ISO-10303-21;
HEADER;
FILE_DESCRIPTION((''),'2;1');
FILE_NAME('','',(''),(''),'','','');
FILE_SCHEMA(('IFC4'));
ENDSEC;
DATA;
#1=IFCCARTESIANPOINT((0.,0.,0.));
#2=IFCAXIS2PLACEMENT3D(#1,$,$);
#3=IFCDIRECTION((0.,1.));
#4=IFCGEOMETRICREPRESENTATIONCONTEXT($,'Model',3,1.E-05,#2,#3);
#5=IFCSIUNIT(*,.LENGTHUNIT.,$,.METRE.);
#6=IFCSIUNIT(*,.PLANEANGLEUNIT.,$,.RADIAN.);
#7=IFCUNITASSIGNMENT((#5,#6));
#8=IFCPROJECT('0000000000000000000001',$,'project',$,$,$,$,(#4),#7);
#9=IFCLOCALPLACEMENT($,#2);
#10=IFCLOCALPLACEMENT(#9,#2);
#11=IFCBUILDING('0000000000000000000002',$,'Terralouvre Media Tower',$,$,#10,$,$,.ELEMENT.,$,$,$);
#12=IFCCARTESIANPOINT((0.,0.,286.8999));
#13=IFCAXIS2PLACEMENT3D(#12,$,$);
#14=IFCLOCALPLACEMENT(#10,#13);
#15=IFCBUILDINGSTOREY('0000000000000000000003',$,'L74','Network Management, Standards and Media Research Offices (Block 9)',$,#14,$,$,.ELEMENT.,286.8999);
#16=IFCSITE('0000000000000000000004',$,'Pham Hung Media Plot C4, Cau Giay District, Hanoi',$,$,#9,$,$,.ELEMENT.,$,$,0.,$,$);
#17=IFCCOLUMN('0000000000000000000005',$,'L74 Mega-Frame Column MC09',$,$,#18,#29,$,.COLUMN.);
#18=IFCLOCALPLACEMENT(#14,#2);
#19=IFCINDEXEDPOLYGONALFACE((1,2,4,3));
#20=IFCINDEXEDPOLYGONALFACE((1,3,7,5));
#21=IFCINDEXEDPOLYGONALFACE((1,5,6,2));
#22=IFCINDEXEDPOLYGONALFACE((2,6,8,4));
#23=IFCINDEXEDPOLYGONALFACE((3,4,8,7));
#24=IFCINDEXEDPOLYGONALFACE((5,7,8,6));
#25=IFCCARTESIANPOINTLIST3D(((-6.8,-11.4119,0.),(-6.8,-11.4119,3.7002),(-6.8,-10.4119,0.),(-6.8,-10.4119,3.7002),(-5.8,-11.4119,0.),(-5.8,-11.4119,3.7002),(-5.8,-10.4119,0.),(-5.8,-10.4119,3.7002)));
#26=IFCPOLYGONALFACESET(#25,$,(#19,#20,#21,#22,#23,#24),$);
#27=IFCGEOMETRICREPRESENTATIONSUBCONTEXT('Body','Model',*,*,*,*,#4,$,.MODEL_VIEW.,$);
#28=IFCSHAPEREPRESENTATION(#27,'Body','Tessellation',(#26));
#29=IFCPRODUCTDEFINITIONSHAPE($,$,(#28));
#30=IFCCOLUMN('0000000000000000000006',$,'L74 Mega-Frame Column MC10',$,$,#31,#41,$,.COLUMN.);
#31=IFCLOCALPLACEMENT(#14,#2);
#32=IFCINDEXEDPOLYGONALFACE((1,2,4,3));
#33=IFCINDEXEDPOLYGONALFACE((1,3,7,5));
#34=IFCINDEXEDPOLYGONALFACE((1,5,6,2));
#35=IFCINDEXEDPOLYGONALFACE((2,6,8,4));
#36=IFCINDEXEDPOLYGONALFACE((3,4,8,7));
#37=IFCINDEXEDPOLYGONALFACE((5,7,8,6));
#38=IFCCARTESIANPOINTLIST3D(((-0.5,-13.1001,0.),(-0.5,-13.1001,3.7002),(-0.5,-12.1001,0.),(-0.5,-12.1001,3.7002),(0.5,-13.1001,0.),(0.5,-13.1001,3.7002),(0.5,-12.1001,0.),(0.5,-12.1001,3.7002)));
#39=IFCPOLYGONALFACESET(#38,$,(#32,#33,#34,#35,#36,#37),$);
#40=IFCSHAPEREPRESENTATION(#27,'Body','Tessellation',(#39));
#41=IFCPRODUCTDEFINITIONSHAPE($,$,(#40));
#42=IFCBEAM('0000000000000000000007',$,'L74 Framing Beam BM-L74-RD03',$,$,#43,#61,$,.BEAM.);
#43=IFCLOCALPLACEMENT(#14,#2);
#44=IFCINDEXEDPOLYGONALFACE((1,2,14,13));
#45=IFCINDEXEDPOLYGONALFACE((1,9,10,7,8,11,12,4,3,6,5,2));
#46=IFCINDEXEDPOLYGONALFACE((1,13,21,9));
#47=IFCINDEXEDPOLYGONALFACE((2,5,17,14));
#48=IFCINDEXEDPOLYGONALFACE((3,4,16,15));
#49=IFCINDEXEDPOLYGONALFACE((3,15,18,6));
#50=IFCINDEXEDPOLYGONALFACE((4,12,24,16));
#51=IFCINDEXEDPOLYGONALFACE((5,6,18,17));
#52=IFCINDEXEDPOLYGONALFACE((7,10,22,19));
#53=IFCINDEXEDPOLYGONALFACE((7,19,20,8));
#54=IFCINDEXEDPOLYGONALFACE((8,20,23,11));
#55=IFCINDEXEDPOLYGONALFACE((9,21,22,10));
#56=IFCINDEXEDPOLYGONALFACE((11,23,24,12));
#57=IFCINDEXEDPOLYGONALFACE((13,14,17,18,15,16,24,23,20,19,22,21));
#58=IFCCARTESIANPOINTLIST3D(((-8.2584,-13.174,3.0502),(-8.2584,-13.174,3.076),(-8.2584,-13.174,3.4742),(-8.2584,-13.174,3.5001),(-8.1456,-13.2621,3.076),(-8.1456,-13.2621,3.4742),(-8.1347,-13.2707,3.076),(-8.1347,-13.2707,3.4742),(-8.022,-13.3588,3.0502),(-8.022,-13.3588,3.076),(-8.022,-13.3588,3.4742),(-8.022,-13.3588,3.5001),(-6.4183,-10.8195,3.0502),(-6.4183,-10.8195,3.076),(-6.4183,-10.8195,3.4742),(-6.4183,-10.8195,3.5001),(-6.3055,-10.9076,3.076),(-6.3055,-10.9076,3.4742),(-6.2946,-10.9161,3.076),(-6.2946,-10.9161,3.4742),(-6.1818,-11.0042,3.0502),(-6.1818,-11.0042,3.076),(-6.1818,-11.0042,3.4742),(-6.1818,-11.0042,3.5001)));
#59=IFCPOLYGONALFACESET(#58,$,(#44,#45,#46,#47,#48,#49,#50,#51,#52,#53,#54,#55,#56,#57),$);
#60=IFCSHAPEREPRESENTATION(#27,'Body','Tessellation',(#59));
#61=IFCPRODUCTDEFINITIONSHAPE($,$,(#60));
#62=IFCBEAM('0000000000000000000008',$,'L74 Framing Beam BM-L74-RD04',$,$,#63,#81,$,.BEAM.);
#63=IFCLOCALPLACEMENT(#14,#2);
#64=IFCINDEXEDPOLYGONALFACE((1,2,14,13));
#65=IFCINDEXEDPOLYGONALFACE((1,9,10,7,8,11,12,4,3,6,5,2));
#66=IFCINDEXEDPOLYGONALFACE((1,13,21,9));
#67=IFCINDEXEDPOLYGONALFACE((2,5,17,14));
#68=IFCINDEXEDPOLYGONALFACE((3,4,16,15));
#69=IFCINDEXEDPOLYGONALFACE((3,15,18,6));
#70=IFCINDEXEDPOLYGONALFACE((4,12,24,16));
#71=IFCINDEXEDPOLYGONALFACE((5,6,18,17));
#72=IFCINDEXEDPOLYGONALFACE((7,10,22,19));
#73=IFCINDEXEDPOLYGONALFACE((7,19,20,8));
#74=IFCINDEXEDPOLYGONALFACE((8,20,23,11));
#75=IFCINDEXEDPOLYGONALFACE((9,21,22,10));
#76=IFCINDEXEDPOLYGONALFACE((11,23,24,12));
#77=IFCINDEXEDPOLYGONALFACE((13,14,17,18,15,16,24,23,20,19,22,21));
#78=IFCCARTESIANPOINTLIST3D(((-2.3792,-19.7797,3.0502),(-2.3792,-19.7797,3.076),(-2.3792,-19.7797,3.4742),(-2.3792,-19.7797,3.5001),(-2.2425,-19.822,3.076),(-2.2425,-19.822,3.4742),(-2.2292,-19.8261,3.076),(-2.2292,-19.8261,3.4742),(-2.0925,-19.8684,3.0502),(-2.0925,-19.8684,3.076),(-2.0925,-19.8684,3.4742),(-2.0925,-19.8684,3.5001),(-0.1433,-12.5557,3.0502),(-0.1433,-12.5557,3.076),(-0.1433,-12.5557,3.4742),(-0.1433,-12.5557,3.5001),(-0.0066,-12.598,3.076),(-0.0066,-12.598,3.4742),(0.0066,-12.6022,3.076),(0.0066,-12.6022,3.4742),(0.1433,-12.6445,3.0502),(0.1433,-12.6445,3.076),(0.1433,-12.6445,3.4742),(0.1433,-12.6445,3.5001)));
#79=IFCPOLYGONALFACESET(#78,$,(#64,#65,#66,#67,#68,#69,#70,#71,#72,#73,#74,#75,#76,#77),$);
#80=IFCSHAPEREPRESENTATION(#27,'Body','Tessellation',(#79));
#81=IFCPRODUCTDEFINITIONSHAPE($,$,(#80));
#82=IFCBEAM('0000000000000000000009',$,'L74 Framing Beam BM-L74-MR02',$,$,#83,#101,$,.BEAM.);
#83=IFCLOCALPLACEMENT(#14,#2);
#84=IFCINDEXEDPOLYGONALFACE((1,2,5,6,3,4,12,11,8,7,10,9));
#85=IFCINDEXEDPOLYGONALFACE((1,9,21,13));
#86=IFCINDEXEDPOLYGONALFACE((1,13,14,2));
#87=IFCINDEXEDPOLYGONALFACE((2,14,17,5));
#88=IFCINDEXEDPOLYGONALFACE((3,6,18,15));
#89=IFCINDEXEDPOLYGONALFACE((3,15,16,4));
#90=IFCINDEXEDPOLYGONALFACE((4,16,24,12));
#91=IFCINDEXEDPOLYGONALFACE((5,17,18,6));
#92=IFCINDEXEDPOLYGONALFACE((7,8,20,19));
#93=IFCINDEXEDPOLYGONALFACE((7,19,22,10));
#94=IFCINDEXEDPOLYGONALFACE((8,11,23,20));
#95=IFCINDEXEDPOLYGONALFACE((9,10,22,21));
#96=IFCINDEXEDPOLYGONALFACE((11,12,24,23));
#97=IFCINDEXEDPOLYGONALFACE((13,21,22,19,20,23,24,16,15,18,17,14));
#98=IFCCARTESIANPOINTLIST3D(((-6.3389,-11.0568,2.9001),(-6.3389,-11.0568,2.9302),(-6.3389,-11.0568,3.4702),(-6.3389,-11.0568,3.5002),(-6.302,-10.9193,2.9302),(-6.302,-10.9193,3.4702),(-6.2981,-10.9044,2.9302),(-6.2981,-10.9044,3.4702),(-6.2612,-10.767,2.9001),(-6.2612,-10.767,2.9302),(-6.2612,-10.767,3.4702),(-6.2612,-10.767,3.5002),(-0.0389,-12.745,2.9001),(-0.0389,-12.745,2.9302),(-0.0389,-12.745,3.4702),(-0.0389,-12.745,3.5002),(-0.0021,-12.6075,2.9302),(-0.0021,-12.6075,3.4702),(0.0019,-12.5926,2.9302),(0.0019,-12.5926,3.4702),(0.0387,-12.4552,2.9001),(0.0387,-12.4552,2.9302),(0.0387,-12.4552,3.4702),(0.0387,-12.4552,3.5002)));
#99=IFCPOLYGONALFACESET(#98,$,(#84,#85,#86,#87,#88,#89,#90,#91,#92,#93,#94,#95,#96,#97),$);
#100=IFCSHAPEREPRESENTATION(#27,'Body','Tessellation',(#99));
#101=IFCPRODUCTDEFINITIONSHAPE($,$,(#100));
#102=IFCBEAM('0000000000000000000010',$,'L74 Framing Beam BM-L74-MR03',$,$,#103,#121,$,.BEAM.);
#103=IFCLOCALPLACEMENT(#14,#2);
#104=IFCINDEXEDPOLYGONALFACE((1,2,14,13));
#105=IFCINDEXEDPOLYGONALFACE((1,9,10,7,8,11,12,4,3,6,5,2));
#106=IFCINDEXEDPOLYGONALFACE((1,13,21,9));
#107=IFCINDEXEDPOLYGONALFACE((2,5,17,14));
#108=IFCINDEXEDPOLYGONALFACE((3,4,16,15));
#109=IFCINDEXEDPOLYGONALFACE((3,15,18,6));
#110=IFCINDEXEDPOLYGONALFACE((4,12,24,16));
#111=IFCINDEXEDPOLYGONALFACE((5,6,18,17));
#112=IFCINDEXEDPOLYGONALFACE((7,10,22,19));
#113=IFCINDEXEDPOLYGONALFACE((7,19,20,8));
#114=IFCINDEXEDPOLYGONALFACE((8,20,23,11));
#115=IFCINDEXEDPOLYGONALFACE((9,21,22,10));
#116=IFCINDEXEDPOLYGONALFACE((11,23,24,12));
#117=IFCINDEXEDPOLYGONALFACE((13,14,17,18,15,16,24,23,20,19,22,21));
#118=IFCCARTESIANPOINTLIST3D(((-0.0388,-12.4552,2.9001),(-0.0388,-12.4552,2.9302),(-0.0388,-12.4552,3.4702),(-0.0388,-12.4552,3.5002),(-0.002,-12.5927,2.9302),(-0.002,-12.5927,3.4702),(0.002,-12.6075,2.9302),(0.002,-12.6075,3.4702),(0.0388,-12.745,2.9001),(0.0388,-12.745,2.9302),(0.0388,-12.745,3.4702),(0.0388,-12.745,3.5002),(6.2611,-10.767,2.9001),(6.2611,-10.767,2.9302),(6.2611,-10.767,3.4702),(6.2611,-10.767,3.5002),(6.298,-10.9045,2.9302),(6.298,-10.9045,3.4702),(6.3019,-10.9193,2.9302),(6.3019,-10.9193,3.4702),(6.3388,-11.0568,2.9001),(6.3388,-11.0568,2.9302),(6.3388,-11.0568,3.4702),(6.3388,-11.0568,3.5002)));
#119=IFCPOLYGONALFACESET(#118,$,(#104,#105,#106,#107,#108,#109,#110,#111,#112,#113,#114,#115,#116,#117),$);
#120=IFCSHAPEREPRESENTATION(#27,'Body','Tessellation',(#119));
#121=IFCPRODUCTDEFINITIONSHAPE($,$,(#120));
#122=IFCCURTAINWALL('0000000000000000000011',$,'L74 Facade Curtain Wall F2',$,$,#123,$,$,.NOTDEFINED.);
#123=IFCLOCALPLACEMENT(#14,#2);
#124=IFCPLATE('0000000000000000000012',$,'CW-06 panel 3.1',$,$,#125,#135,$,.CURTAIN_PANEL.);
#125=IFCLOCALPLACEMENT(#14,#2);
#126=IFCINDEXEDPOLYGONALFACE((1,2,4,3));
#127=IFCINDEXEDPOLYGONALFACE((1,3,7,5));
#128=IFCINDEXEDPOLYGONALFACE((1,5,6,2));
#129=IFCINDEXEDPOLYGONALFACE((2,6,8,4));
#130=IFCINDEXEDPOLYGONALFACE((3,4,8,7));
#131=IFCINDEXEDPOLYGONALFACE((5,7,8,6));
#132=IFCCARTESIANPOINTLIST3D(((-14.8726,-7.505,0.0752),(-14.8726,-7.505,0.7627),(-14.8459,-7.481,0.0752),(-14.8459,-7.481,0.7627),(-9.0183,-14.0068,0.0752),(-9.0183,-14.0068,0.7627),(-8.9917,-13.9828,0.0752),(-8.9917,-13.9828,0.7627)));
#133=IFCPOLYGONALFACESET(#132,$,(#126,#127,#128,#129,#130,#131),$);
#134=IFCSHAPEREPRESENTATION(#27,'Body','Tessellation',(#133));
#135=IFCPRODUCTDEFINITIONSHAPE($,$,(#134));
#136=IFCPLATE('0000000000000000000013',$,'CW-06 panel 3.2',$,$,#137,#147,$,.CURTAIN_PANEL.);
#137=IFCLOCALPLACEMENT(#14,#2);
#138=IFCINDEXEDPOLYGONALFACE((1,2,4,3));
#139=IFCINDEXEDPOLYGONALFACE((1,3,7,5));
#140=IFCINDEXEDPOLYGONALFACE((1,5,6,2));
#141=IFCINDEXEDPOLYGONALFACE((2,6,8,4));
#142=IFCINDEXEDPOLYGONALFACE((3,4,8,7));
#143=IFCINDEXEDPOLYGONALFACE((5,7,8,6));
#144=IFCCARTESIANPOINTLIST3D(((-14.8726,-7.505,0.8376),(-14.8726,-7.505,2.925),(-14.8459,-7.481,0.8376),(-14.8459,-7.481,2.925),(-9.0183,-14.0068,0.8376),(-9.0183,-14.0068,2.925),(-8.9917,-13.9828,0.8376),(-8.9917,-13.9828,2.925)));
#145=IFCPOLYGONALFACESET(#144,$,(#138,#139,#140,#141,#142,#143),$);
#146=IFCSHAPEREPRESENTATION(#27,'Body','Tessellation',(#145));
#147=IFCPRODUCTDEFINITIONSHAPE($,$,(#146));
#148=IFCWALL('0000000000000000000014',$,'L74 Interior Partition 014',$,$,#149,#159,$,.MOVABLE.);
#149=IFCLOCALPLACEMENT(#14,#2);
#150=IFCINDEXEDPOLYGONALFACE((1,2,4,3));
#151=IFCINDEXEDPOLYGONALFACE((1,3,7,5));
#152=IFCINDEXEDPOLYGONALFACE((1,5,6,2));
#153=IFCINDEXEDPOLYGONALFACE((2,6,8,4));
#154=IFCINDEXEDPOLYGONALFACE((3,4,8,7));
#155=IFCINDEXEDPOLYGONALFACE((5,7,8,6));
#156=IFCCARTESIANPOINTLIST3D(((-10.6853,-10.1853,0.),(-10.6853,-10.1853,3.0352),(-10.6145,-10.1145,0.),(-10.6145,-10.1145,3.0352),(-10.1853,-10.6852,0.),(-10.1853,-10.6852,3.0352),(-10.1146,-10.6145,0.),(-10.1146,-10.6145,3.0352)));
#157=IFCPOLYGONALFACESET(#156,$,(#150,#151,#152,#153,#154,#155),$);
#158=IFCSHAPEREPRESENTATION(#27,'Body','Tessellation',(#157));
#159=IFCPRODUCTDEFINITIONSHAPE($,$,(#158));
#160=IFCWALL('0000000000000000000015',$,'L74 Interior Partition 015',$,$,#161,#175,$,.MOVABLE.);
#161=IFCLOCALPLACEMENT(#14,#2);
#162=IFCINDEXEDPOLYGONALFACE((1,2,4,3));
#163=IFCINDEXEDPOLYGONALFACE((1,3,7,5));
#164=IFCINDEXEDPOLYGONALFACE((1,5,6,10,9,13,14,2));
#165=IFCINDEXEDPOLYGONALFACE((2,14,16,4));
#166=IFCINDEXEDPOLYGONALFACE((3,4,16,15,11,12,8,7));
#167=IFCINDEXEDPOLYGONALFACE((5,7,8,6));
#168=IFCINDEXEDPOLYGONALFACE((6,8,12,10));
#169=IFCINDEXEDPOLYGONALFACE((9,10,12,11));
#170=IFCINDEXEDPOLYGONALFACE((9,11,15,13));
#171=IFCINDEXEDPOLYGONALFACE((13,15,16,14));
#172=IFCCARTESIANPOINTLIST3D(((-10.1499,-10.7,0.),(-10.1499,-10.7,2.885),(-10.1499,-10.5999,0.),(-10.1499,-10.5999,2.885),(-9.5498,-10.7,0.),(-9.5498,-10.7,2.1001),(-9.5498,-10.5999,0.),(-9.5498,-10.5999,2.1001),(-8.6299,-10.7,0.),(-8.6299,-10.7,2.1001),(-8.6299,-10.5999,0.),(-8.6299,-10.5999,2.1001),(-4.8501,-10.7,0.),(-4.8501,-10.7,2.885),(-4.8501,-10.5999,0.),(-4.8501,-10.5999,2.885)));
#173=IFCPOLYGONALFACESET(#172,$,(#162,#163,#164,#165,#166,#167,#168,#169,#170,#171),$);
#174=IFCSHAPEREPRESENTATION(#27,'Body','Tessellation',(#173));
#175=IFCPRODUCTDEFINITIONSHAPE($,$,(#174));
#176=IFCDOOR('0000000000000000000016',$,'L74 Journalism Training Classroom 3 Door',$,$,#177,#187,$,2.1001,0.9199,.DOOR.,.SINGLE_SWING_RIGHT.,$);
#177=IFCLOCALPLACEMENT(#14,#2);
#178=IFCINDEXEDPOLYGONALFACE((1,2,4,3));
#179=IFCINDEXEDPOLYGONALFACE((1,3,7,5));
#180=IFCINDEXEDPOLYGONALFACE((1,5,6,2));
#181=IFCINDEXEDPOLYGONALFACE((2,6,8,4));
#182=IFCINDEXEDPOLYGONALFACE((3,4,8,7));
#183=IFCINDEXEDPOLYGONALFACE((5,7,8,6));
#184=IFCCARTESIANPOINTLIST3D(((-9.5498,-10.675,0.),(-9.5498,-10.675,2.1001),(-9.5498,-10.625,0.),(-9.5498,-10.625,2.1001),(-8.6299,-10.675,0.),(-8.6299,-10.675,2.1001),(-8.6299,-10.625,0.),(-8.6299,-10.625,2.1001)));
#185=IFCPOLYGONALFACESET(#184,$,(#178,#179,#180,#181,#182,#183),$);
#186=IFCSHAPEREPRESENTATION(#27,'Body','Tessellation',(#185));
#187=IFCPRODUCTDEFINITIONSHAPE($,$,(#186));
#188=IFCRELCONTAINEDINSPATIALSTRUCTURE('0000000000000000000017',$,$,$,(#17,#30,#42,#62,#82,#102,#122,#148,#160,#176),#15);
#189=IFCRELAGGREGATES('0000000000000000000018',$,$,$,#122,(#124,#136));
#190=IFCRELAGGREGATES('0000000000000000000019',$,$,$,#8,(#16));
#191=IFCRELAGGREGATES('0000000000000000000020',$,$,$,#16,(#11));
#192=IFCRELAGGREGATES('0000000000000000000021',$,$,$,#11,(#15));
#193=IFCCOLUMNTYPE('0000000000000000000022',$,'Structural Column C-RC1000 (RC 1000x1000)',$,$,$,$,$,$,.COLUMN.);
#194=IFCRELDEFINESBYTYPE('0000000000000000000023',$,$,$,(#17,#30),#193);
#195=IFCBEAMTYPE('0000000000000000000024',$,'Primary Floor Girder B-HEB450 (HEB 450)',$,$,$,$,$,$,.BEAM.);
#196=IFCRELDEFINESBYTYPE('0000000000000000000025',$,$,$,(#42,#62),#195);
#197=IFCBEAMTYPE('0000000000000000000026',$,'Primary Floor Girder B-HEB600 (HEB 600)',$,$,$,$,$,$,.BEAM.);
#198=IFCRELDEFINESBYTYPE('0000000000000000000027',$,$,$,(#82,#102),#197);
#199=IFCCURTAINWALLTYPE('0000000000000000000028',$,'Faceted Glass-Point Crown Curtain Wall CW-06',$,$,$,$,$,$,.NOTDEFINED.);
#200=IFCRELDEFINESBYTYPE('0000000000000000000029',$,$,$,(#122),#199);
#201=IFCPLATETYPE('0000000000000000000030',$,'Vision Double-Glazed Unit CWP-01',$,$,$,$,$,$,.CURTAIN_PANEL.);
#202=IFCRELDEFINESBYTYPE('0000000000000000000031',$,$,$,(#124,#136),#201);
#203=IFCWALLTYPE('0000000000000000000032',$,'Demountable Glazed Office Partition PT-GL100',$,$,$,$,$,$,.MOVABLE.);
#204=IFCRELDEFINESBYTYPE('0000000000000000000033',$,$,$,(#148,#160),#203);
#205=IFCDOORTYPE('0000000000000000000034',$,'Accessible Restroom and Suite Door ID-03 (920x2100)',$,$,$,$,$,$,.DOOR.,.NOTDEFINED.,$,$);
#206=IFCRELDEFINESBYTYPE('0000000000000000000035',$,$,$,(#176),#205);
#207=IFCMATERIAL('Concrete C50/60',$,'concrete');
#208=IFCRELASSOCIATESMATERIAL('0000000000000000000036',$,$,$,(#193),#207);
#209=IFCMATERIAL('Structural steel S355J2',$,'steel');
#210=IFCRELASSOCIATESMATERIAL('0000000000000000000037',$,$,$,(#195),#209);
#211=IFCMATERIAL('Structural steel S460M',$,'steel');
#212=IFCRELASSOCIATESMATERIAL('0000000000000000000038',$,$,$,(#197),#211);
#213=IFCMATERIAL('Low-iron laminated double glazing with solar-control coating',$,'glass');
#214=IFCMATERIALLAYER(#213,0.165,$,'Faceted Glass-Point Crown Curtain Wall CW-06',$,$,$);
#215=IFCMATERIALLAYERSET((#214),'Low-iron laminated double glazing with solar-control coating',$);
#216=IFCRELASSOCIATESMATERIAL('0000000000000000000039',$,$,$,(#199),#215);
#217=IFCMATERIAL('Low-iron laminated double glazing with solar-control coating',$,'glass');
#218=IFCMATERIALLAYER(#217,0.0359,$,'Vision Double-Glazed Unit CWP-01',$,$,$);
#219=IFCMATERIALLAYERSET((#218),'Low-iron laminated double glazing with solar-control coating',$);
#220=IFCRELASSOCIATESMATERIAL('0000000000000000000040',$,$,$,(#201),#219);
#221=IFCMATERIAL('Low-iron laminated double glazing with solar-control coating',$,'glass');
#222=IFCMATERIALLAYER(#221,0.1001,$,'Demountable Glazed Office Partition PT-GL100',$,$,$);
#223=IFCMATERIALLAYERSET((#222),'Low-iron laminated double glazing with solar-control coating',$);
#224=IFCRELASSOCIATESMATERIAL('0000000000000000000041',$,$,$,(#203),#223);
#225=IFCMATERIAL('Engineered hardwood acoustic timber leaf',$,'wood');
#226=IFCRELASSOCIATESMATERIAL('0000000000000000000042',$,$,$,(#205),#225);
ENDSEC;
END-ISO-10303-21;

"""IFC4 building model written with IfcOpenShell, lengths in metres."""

from ifc_helpers import new_model, si_unit, direction, frame, frame_2d, origin, origin_2d, place, context, subcontext, project, spatial, rectangle, i_section, extrude, material, layer, layer_set, material_profile, profile_set, type_object, element, fill, aggregate, save


model = new_model("IFC4")

# Units and contexts
model_context = context("Model", 3, precision=1e-05, world=origin(), true_north=direction((0.0, 1.0)))
body_context = subcontext(model_context, "Body", "Model", "MODEL_VIEW")
ifc_project = project(units=[si_unit("LENGTHUNIT", "METRE"), si_unit("PLANEANGLEUNIT", "RADIAN")], contexts=[model_context])

# Site, building, storey
site_placement = place(None, origin())
site = spatial("IfcSite", under=ifc_project, at=site_placement, Name="Pham Hung Media Plot C4, Cau Giay District, Hanoi", CompositionType="ELEMENT", RefElevation=0.0)
building_placement = place(site_placement, origin())
building = spatial("IfcBuilding", under=site, at=building_placement, Name="Terralouvre Media Tower", CompositionType="ELEMENT")
storey_placement = place(building_placement, frame((0.0, 0.0, 286.8999)))
storey = spatial("IfcBuildingStorey", under=building, at=storey_placement, Name="L74", Description="Network Management, Standards and Media Research Offices (Block 9)", CompositionType="ELEMENT", Elevation=286.8999)

# Columns
ifc_material_1 = material(Name="Concrete C50/60", Category="concrete")
ifc_material_profile_1 = material_profile(ifc_material_1, rectangle(XDim=1.0, YDim=1.0, at=origin_2d()), Name="RC 1000x1000")
ifc_profile_set_1 = profile_set([ifc_material_profile_1], Name="Concrete C50/60")
column_type = type_object("IfcColumnType", Name="Structural Column C-RC1000 (RC 1000x1000)", PredefinedType="COLUMN", material=ifc_profile_set_1)
for number, where, z_axis, x_axis, name in (
    (1, (-6.3, -10.9119, 0.0), (0.0, 0.0, 1.0), (1.0, 0.0, 0.0), "L74 Mega-Frame Column MC09"),
    (2, (0.0, -12.6001, 0.0), (0.0, 0.0, 1.0), (1.0, 0.0, 0.0), "L74 Mega-Frame Column MC10"),
):
    element("IfcColumn", number, at=place(storey_placement, frame(where, z_axis=z_axis, x_axis=x_axis)), inside=storey, type_object=column_type, Name=name, PredefinedType="COLUMN", context=body_context, shape_type="SweptSolid", body=[
        extrude(rectangle(XDim=1.0, YDim=1.0, at=origin_2d()), origin(), (0.0, 0.0, 1.0), 3.7002),
    ])

# Beams
ifc_material_2 = material(Name="Structural steel S355J2", Category="steel")
ifc_material_profile_2 = material_profile(ifc_material_2, i_section(OverallWidth=0.3, OverallDepth=0.45, WebThickness=0.0139, FlangeThickness=0.0259, at=origin_2d()), Name="HEB 450")
ifc_profile_set_2 = profile_set([ifc_material_profile_2], Name="Structural steel S355J2")
beam_type_1 = type_object("IfcBeamType", Name="Primary Floor Girder B-HEB450 (HEB 450)", PredefinedType="BEAM", material=ifc_profile_set_2)
beam_1_placement = place(storey_placement, frame((-6.3, -10.9119, 3.2751), z_axis=(-0.615777, -0.78792, 0.0), x_axis=(0.78792, -0.615777, 0.0)))
element("IfcBeam", 3, at=beam_1_placement, inside=storey, type_object=beam_type_1, Name="L74 Framing Beam BM-L74-RD03", PredefinedType="BEAM", context=body_context, shape_type="SweptSolid", body=[
    extrude(i_section(OverallWidth=0.3, OverallDepth=0.45, WebThickness=0.0139, FlangeThickness=0.0259, at=origin_2d()), origin(), (0.0, 0.0, 1.0), 2.9883),
])
beam_2_placement = place(storey_placement, frame((0.0, -12.6001, 3.2751), z_axis=(-0.295669, -0.95529, 0.0), x_axis=(0.95529, -0.295669, 0.0)))
element("IfcBeam", 4, at=beam_2_placement, inside=storey, type_object=beam_type_1, Name="L74 Framing Beam BM-L74-RD04", PredefinedType="BEAM", context=body_context, shape_type="SweptSolid", body=[
    extrude(i_section(OverallWidth=0.3, OverallDepth=0.45, WebThickness=0.0139, FlangeThickness=0.0259, at=origin_2d()), origin(), (0.0, 0.0, 1.0), 7.562),
])
ifc_material_3 = material(Name="Structural steel S460M", Category="steel")
ifc_material_profile_3 = material_profile(ifc_material_3, i_section(OverallWidth=0.3, OverallDepth=0.6001, WebThickness=0.0154, FlangeThickness=0.03, at=origin_2d()), Name="HEB 600")
ifc_profile_set_3 = profile_set([ifc_material_profile_3], Name="Structural steel S460M")
beam_type_2 = type_object("IfcBeamType", Name="Primary Floor Girder B-HEB600 (HEB 600)", PredefinedType="BEAM", material=ifc_profile_set_3)
for number, where, z_axis, x_axis, name in (
    (5, (-6.3, -10.9119, 3.2002), (0.96592, -0.258839, 0.0), (0.258839, 0.96592, 0.0), "L74 Framing Beam BM-L74-MR02"),
    (6, (0.0, -12.6001, 3.2002), (0.96592, 0.258839, 0.0), (-0.258839, 0.96592, 0.0), "L74 Framing Beam BM-L74-MR03"),
):
    element("IfcBeam", number, at=place(storey_placement, frame(where, z_axis=z_axis, x_axis=x_axis)), inside=storey, type_object=beam_type_2, Name=name, PredefinedType="BEAM", context=body_context, shape_type="SweptSolid", body=[
        extrude(i_section(OverallWidth=0.3, OverallDepth=0.6001, WebThickness=0.0154, FlangeThickness=0.03, at=origin_2d()), origin(), (0.0, 0.0, 1.0), 6.5222),
    ])

# Curtain wall, plates
ifc_material_4 = material(Name="Low-iron laminated double glazing with solar-control coating", Category="glass")
ifc_layer_1 = layer(ifc_material_4, 0.165, Name="Faceted Glass-Point Crown Curtain Wall CW-06")
ifc_layer_set_1 = layer_set([ifc_layer_1], Name="Low-iron laminated double glazing with solar-control coating")
curtain_wall_type = type_object("IfcCurtainWallType", Name="Faceted Glass-Point Crown Curtain Wall CW-06", PredefinedType="NOTDEFINED", material=ifc_layer_set_1)
curtain_wall_placement = place(storey_placement, origin())
curtain_wall = element("IfcCurtainWall", 7, at=curtain_wall_placement, inside=storey, type_object=curtain_wall_type, Name="L74 Facade Curtain Wall F2", PredefinedType="NOTDEFINED")
ifc_material_5 = material(Name="Low-iron laminated double glazing with solar-control coating", Category="glass")
ifc_layer_2 = layer(ifc_material_5, 0.0359, Name="Vision Double-Glazed Unit CWP-01")
ifc_layer_set_2 = layer_set([ifc_layer_2], Name="Low-iron laminated double glazing with solar-control coating")
plate_type = type_object("IfcPlateType", Name="Vision Double-Glazed Unit CWP-01", PredefinedType="CURTAIN_PANEL", material=ifc_layer_set_2)
plate_1_placement = place(storey_placement, frame((-11.9321, -10.7439, 0.0752), z_axis=(0.0, 0.0, 1.0), x_axis=(0.669131, -0.743145, 0.0)))
plate_1 = element("IfcPlate", 8, at=plate_1_placement, type_object=plate_type, Name="CW-06 panel 3.1", PredefinedType="CURTAIN_PANEL", context=body_context, shape_type="SweptSolid", body=[
    extrude(rectangle(XDim=8.749, YDim=0.0359, at=origin_2d()), origin(), (0.0, 0.0, 1.0), 0.6875),
])
plate_2_placement = place(storey_placement, frame((-11.9321, -10.7439, 0.8376), z_axis=(0.0, 0.0, 1.0), x_axis=(0.669131, -0.743145, 0.0)))
plate_2 = element("IfcPlate", 9, at=plate_2_placement, type_object=plate_type, Name="CW-06 panel 3.2", PredefinedType="CURTAIN_PANEL", context=body_context, shape_type="SweptSolid", body=[
    extrude(rectangle(XDim=8.749, YDim=0.0359, at=origin_2d()), origin(), (0.0, 0.0, 1.0), 2.0874),
])
aggregate(curtain_wall, [plate_1, plate_2])

# Wall
ifc_material_6 = material(Name="Low-iron laminated double glazing with solar-control coating", Category="glass")
ifc_layer_3 = layer(ifc_material_6, 0.1001, Name="Demountable Glazed Office Partition PT-GL100")
ifc_layer_set_3 = layer_set([ifc_layer_3], Name="Low-iron laminated double glazing with solar-control coating")
wall_type_1 = type_object("IfcWallType", Name="Demountable Glazed Office Partition PT-GL100", PredefinedType="MOVABLE", material=ifc_layer_set_3)
wall_1_placement = place(storey_placement, frame((-10.6499, -10.1499, 0.0), z_axis=(0.0, 0.0, 1.0), x_axis=(0.707107, -0.707107, 0.0)))
element("IfcWall", 10, at=wall_1_placement, inside=storey, type_object=wall_type_1, Name="L74 Interior Partition 014", PredefinedType="MOVABLE", context=body_context, shape_type="SweptSolid", body=[
    extrude(rectangle(XDim=0.707, YDim=0.1001, at=frame_2d((0.3535, 0.0))), origin(), (0.0, 0.0, 1.0), 3.0352),
])

# Wall, opening, door
wall_2_placement = place(storey_placement, frame((-10.1499, -10.6499, 0.0), z_axis=(0.0, 0.0, 1.0), x_axis=(1.0, 0.0, 0.0)))
wall_2 = element("IfcWall", 11, at=wall_2_placement, inside=storey, type_object=wall_type_1, Name="L74 Interior Partition 015", PredefinedType="MOVABLE", context=body_context, shape_type="SweptSolid", body=[
    extrude(rectangle(XDim=5.2998, YDim=0.1001, at=frame_2d((2.6499, 0.0))), origin(), (0.0, 0.0, 1.0), 2.885),
])
opening_1_placement = place(wall_2_placement, frame((0.6001, 0.0, 0.0)))
opening_1 = element("IfcOpeningElement", 12, at=opening_1_placement, cuts=wall_2, PredefinedType="OPENING", context=body_context, shape_type="SweptSolid", body=[
    extrude(rectangle(XDim=0.9199, YDim=2.1001, at=frame_2d((0.46, 1.05))), frame((0.0, 0.0601, 0.0), z_axis=(0.0, -1.0, 0.0), x_axis=(1.0, 0.0, 0.0)), (0.0, 0.0, 1.0), 0.1201),
])
ifc_material_7 = material(Name="Engineered hardwood acoustic timber leaf", Category="wood")
door_type = type_object("IfcDoorType", Name="Accessible Restroom and Suite Door ID-03 (920x2100)", OperationType="NOTDEFINED", PredefinedType="DOOR", material=ifc_material_7)
door_1_placement = place(opening_1_placement, origin())
door_1 = element("IfcDoor", 13, at=door_1_placement, inside=storey, type_object=door_type, Name="L74 Journalism Training Classroom 3 Door", OperationType="SINGLE_SWING_RIGHT", OverallHeight=2.1001, OverallWidth=0.9199, PredefinedType="DOOR", context=body_context, shape_type="SweptSolid", body=[
    extrude(rectangle(XDim=0.9199, YDim=2.1001, at=frame_2d((0.46, 1.05))), frame((0.0, 0.0249, 0.0), z_axis=(0.0, -1.0, 0.0), x_axis=(1.0, 0.0, 0.0)), (0.0, 0.0, 1.0), 0.05),
])
fill(opening_1, door_1)

save(model, "model.ifc")
